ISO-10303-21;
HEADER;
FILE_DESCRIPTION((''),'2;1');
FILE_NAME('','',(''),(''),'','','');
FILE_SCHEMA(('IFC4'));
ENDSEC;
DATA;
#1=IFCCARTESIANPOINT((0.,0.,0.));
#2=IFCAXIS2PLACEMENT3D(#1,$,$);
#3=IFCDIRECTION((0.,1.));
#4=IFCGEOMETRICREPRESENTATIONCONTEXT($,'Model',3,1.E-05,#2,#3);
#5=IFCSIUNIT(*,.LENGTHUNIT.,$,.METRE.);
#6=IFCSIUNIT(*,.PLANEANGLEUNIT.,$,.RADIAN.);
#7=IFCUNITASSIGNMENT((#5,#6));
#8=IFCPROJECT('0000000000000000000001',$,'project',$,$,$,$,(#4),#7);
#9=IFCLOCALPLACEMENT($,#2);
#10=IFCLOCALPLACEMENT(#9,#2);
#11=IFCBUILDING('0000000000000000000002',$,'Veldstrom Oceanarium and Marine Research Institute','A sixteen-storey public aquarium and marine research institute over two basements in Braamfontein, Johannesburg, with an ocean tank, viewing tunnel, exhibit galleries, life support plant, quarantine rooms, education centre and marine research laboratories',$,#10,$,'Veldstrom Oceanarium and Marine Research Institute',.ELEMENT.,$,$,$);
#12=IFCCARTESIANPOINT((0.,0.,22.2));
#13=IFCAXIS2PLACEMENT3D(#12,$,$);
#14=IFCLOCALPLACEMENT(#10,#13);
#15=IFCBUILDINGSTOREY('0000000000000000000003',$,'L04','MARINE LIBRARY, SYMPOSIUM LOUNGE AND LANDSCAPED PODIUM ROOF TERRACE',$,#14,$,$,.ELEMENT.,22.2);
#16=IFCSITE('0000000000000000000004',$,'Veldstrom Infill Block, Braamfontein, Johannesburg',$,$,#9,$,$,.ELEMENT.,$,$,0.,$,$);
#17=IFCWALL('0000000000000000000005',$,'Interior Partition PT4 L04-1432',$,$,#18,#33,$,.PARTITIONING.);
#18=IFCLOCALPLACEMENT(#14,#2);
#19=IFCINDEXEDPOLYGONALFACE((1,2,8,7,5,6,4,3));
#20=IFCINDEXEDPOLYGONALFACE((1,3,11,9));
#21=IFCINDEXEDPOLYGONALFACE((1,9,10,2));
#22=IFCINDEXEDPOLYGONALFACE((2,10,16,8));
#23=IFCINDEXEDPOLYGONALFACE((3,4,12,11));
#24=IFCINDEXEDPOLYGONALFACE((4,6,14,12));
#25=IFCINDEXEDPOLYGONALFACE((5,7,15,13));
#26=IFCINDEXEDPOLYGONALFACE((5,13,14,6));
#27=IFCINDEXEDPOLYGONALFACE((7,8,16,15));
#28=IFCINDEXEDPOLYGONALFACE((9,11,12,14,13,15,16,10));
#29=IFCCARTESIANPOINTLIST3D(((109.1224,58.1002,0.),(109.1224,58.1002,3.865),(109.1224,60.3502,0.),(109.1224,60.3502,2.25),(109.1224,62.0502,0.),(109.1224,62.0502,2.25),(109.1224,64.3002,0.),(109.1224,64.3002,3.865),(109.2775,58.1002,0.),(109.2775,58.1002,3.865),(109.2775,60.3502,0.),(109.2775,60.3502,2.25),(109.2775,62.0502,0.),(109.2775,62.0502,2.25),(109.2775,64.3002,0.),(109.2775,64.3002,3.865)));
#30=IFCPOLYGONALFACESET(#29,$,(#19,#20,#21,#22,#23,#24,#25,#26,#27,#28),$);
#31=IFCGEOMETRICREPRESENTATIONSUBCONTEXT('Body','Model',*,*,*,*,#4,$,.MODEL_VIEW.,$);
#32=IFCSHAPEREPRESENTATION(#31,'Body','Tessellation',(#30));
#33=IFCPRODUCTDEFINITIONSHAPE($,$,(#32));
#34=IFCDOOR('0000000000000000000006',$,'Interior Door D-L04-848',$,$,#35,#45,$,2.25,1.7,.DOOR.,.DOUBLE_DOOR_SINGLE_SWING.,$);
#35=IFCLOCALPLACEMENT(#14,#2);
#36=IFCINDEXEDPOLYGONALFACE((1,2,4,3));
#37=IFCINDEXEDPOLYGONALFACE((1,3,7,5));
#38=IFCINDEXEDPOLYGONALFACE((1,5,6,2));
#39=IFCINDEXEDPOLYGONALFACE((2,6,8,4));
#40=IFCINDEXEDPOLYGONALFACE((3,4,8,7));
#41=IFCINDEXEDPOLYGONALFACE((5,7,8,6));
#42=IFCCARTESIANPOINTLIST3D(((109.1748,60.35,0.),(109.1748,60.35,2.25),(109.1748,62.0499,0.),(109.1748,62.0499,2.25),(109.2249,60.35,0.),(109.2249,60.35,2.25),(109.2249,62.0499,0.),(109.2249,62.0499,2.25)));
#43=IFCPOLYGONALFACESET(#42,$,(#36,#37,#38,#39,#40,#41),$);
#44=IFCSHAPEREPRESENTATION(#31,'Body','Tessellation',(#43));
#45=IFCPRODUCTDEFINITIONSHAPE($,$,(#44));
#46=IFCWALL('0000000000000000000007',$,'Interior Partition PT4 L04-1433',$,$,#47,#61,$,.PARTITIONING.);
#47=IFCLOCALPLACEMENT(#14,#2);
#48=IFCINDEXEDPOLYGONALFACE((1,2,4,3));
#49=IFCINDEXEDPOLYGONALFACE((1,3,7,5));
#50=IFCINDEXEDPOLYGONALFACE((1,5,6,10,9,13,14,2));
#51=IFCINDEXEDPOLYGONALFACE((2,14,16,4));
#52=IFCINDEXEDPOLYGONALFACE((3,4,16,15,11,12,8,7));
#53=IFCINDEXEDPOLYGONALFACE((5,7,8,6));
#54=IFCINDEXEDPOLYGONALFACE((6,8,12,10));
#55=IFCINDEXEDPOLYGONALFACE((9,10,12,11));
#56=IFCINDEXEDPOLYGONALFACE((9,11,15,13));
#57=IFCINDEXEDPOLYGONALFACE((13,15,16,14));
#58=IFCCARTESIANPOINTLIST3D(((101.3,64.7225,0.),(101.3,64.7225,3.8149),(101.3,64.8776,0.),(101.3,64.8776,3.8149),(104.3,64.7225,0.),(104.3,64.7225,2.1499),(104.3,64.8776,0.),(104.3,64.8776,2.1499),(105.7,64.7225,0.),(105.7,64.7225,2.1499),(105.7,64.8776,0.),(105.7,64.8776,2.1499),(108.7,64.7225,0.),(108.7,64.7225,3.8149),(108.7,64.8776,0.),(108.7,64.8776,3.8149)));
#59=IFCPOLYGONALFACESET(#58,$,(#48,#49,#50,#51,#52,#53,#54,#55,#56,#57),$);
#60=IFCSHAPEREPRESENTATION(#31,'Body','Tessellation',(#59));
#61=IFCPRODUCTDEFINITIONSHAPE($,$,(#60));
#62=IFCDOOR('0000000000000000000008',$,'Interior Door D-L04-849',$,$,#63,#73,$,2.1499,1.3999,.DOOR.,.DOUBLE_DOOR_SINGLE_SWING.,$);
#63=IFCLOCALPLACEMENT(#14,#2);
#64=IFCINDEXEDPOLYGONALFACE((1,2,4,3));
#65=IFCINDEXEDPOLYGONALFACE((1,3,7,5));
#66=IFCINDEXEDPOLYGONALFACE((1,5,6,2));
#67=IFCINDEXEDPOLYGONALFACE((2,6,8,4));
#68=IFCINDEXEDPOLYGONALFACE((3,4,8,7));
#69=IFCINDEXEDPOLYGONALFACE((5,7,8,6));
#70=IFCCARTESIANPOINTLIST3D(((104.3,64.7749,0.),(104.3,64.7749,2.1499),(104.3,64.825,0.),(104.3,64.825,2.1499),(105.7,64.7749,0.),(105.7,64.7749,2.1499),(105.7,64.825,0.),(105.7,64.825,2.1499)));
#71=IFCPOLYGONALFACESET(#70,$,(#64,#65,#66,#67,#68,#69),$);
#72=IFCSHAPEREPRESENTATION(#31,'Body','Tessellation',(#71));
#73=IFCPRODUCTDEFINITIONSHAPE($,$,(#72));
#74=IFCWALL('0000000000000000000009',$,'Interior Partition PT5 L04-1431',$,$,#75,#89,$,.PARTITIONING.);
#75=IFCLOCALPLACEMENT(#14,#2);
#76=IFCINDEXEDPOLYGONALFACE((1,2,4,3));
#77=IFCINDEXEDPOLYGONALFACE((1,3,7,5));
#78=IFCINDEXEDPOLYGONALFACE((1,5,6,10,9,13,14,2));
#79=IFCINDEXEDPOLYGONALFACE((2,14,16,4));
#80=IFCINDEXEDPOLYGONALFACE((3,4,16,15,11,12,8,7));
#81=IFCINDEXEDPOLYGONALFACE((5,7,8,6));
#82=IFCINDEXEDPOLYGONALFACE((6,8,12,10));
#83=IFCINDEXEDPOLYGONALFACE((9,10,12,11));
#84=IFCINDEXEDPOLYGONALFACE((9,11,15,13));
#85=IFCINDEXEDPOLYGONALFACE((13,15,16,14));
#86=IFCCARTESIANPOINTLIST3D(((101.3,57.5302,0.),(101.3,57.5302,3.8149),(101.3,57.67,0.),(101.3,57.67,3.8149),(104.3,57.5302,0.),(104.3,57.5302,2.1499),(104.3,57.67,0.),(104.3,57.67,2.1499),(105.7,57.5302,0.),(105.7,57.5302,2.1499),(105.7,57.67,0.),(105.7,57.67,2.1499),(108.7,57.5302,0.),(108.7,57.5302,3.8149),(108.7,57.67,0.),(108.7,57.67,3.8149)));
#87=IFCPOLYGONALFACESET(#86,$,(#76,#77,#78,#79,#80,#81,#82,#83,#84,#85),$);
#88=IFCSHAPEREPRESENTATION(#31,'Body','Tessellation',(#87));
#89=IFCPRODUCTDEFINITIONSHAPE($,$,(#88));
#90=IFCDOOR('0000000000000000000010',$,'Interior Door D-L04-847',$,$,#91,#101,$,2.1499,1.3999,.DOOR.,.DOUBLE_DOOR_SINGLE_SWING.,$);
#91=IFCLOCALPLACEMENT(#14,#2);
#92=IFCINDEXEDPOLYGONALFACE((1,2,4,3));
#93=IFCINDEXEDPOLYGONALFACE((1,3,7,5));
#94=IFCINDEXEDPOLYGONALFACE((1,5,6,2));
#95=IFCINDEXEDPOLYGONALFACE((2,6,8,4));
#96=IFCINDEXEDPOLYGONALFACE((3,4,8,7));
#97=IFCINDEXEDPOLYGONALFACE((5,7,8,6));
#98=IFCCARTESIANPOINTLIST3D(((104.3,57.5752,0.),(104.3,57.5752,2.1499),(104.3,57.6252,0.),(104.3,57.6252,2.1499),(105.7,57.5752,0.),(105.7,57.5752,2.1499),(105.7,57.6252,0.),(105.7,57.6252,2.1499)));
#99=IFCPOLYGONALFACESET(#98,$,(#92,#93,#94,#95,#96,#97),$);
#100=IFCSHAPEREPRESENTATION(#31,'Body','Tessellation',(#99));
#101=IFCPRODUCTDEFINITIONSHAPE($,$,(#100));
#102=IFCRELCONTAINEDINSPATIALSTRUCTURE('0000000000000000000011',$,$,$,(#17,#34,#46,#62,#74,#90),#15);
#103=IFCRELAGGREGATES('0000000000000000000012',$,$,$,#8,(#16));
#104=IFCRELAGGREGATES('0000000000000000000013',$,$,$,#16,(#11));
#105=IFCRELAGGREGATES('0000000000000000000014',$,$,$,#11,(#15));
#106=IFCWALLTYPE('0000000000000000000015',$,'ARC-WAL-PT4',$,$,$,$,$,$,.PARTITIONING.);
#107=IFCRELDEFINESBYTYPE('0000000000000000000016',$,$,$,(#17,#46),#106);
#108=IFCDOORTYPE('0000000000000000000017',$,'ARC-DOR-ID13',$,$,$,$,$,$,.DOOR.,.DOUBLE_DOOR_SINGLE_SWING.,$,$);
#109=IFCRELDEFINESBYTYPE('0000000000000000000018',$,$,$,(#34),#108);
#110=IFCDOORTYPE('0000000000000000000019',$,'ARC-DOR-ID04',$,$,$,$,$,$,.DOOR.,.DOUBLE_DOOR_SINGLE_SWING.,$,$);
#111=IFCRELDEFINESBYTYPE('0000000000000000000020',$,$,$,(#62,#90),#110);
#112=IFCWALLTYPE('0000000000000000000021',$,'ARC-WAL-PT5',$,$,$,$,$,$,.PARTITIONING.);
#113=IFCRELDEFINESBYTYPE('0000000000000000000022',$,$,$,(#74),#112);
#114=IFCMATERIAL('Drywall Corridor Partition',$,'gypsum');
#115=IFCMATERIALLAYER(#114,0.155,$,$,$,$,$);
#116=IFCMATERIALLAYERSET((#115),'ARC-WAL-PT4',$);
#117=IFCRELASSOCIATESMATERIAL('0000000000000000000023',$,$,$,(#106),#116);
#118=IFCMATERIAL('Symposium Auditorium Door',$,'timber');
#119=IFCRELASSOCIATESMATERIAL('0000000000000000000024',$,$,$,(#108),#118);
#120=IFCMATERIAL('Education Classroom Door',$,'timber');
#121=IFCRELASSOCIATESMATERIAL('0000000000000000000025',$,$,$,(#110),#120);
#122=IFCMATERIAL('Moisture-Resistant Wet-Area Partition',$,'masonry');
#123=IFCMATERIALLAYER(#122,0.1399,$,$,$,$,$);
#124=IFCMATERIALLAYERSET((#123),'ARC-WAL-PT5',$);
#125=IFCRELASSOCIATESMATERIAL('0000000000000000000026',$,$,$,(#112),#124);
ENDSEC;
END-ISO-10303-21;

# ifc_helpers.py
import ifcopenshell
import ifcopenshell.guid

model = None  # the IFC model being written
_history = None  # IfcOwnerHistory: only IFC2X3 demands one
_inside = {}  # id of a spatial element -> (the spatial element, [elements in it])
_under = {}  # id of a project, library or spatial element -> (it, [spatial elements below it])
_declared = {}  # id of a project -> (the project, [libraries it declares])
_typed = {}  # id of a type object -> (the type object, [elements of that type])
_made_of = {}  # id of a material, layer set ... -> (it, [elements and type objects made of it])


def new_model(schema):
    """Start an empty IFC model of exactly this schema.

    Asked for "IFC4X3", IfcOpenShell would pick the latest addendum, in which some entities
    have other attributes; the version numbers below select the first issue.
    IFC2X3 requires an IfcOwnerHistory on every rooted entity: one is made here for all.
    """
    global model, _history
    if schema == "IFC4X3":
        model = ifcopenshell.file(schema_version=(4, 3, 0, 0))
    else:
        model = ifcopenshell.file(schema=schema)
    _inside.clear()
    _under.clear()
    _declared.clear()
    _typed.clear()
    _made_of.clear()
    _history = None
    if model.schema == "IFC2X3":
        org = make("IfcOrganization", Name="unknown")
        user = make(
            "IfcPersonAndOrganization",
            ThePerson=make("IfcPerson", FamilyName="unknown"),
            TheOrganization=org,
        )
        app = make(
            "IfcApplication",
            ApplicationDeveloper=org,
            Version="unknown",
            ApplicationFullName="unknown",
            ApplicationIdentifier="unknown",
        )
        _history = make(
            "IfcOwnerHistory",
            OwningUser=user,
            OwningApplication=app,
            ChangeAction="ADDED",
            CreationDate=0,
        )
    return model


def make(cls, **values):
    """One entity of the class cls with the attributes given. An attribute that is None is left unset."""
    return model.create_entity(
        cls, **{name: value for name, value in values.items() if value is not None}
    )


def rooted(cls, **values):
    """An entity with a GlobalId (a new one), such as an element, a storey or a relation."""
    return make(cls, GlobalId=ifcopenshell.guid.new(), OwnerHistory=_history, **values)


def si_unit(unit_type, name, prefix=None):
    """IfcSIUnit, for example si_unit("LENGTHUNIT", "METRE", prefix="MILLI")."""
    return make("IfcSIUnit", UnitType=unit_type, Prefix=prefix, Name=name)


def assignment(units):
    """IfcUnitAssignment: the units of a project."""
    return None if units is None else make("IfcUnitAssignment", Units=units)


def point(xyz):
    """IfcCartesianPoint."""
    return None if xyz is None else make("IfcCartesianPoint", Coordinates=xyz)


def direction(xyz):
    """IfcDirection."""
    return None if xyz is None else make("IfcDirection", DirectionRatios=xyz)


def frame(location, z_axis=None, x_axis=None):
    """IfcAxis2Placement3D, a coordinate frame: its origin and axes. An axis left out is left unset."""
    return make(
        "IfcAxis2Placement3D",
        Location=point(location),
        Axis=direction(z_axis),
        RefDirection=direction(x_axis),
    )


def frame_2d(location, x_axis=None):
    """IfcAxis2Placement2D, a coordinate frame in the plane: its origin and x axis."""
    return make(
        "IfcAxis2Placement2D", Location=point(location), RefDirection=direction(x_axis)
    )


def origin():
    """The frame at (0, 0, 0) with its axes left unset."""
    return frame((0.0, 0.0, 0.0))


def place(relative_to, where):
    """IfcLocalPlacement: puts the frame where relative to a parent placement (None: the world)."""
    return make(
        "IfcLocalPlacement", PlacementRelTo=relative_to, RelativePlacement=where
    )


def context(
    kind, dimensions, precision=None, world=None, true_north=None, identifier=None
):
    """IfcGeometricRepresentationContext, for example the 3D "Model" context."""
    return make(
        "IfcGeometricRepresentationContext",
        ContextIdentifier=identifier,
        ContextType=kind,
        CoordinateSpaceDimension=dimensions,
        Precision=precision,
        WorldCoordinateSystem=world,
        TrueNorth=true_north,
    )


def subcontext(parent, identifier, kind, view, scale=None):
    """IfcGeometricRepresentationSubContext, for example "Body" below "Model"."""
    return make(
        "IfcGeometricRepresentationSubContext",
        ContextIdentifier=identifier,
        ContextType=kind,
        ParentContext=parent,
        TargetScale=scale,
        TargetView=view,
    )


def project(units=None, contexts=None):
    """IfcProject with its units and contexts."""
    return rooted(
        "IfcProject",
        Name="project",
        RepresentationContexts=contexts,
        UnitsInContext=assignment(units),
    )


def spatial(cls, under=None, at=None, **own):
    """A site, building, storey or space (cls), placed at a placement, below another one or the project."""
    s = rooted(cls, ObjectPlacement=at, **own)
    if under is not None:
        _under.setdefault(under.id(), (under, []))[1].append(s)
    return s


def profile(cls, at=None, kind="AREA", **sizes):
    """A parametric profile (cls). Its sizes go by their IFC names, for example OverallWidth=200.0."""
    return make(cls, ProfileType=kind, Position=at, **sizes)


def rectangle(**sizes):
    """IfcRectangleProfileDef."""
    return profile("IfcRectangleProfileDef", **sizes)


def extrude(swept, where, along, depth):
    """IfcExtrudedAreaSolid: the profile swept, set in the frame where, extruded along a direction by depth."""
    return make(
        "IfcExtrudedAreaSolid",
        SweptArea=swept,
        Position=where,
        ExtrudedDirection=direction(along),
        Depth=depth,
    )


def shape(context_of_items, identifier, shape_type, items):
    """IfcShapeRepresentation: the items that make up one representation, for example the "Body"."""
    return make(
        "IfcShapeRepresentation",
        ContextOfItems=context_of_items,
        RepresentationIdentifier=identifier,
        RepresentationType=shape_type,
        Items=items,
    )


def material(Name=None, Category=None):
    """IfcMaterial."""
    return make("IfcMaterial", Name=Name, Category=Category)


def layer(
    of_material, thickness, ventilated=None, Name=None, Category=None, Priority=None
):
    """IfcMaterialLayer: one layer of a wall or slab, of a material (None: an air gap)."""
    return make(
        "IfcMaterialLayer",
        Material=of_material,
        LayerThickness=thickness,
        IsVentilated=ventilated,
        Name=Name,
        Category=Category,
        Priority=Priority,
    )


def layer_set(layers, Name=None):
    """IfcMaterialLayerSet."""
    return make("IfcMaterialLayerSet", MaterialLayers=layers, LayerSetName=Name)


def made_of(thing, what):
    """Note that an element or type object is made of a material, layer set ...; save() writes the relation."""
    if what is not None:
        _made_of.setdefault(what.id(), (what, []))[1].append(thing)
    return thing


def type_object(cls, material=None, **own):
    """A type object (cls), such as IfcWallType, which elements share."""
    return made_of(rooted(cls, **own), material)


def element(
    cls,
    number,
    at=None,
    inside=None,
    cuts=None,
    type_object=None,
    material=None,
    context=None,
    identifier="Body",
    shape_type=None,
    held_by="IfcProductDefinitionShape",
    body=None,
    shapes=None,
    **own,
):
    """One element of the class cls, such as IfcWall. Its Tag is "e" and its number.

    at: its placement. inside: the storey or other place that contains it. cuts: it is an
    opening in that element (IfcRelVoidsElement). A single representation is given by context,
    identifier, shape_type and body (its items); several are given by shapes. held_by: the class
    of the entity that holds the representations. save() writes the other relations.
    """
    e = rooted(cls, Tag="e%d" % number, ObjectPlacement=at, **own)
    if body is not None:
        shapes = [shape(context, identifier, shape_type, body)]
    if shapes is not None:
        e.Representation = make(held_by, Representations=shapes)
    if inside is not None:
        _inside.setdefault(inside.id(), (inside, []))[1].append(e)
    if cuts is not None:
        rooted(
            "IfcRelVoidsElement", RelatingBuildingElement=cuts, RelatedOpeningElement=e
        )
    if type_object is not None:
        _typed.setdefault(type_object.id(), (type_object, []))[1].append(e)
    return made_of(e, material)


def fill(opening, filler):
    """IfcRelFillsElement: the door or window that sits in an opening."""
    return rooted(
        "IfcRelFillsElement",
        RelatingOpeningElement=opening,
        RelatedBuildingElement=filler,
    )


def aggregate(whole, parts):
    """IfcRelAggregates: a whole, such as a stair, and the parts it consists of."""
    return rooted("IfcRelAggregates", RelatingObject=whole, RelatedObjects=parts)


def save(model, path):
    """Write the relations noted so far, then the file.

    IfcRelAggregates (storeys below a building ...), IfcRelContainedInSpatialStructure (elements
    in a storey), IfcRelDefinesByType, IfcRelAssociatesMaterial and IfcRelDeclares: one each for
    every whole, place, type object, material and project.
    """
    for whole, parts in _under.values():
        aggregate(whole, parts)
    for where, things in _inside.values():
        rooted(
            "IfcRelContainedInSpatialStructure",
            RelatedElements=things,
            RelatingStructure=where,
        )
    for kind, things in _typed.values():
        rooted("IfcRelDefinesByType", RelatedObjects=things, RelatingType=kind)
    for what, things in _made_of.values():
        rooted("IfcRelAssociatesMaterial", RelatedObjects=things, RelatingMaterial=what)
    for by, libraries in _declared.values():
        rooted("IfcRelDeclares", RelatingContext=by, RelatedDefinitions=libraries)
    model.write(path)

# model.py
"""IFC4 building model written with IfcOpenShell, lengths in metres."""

from ifc_helpers import new_model, si_unit, direction, frame, frame_2d, origin, place, context, subcontext, project, spatial, rectangle, extrude, material, layer, layer_set, type_object, element, fill, save


model = new_model("IFC4")

# Units and contexts
model_context = context("Model", 3, precision=1e-05, world=origin(), true_north=direction((0.0, 1.0)))
body_context = subcontext(model_context, "Body", "Model", "MODEL_VIEW")
ifc_project = project(units=[si_unit("LENGTHUNIT", "METRE"), si_unit("PLANEANGLEUNIT", "RADIAN")], contexts=[model_context])

# Site, building, storey
site_placement = place(None, origin())
site = spatial("IfcSite", under=ifc_project, at=site_placement, Name="Veldstrom Infill Block, Braamfontein, Johannesburg", CompositionType="ELEMENT", RefElevation=0.0)
building_placement = place(site_placement, origin())
building = spatial("IfcBuilding", under=site, at=building_placement, Name="Veldstrom Oceanarium and Marine Research Institute", Description="A sixteen-storey public aquarium and marine research institute over two basements in Braamfontein, Johannesburg, with an ocean tank, viewing tunnel, exhibit galleries, life support plant, quarantine rooms, education centre and marine research laboratories", LongName="Veldstrom Oceanarium and Marine Research Institute", CompositionType="ELEMENT")
storey_placement = place(building_placement, frame((0.0, 0.0, 22.2)))
storey = spatial("IfcBuildingStorey", under=building, at=storey_placement, Name="L04", Description="MARINE LIBRARY, SYMPOSIUM LOUNGE AND LANDSCAPED PODIUM ROOF TERRACE", CompositionType="ELEMENT", Elevation=22.2)

# Walls, openings, doors
ifc_material_1 = material(Name="Drywall Corridor Partition", Category="gypsum")
ifc_layer_1 = layer(ifc_material_1, 0.155)
ifc_layer_set_1 = layer_set([ifc_layer_1], Name="ARC-WAL-PT4")
wall_type_1 = type_object("IfcWallType", Name="ARC-WAL-PT4", PredefinedType="PARTITIONING", material=ifc_layer_set_1)
wall_1_placement = place(storey_placement, frame((109.2, 58.1001, 0.0), z_axis=(0.0, 0.0, 1.0), x_axis=(0.0, 1.0, 0.0)))
wall_1 = element("IfcWall", 1, at=wall_1_placement, inside=storey, type_object=wall_type_1, Name="Interior Partition PT4 L04-1432", PredefinedType="PARTITIONING", context=body_context, shape_type="SweptSolid", body=[
    extrude(rectangle(XDim=6.2, YDim=0.155, at=frame_2d((3.1001, 0.0))), origin(), (0.0, 0.0, 1.0), 3.865),
])
opening_1_placement = place(wall_1_placement, frame((2.25, 0.0, 0.0)))
opening_1 = element("IfcOpeningElement", 2, at=opening_1_placement, cuts=wall_1, PredefinedType="OPENING", context=body_context, shape_type="SweptSolid", body=[
    extrude(rectangle(XDim=1.7, YDim=2.25, at=frame_2d((0.8501, 1.125))), frame((0.0, 0.0874, 0.0), z_axis=(0.0, -1.0, 0.0), x_axis=(1.0, 0.0, 0.0)), (0.0, 0.0, 1.0), 0.175),
])
ifc_material_2 = material(Name="Symposium Auditorium Door", Category="timber")
door_type_1 = type_object("IfcDoorType", Name="ARC-DOR-ID13", OperationType="DOUBLE_DOOR_SINGLE_SWING", PredefinedType="DOOR", material=ifc_material_2)
door_1_placement = place(opening_1_placement, frame((1.7, 0.0, 0.0), z_axis=(0.0, 0.0, 1.0), x_axis=(-1.0, 0.0, 0.0)))
door_1 = element("IfcDoor", 3, at=door_1_placement, inside=storey, type_object=door_type_1, Name="Interior Door D-L04-848", OperationType="DOUBLE_DOOR_SINGLE_SWING", OverallHeight=2.25, OverallWidth=1.7, PredefinedType="DOOR", context=body_context, shape_type="SweptSolid", body=[
    extrude(rectangle(XDim=1.7, YDim=2.25, at=frame_2d((0.8501, 1.125))), frame((0.0, 0.0249, 0.0), z_axis=(0.0, -1.0, 0.0), x_axis=(1.0, 0.0, 0.0)), (0.0, 0.0, 1.0), 0.05),
])
fill(opening_1, door_1)
wall_2_placement = place(storey_placement, frame((101.3, 64.8, 0.0), z_axis=(0.0, 0.0, 1.0), x_axis=(1.0, 0.0, 0.0)))
wall_2 = element("IfcWall", 4, at=wall_2_placement, inside=storey, type_object=wall_type_1, Name="Interior Partition PT4 L04-1433", PredefinedType="PARTITIONING", context=body_context, shape_type="SweptSolid", body=[
    extrude(rectangle(XDim=7.3999, YDim=0.155, at=frame_2d((3.7, 0.0))), origin(), (0.0, 0.0, 1.0), 3.8149),
])
opening_2_placement = place(wall_2_placement, frame((3.0, 0.0, 0.0)))
opening_2 = element("IfcOpeningElement", 5, at=opening_2_placement, cuts=wall_2, PredefinedType="OPENING", context=body_context, shape_type="SweptSolid", body=[
    extrude(rectangle(XDim=1.3999, YDim=2.1499, at=frame_2d((0.7, 1.075))), frame((0.0, 0.0874, 0.0), z_axis=(0.0, -1.0, 0.0), x_axis=(1.0, 0.0, 0.0)), (0.0, 0.0, 1.0), 0.175),
])
ifc_material_3 = material(Name="Education Classroom Door", Category="timber")
door_type_2 = type_object("IfcDoorType", Name="ARC-DOR-ID04", OperationType="DOUBLE_DOOR_SINGLE_SWING", PredefinedType="DOOR", material=ifc_material_3)
door_2_placement = place(opening_2_placement, origin())
door_2 = element("IfcDoor", 6, at=door_2_placement, inside=storey, type_object=door_type_2, Name="Interior Door D-L04-849", OperationType="DOUBLE_DOOR_SINGLE_SWING", OverallHeight=2.1499, OverallWidth=1.3999, PredefinedType="DOOR", context=body_context, shape_type="SweptSolid", body=[
    extrude(rectangle(XDim=1.3999, YDim=2.1499, at=frame_2d((0.7, 1.075))), frame((0.0, 0.0249, 0.0), z_axis=(0.0, -1.0, 0.0), x_axis=(1.0, 0.0, 0.0)), (0.0, 0.0, 1.0), 0.05),
])
fill(opening_2, door_2)
ifc_material_4 = material(Name="Moisture-Resistant Wet-Area Partition", Category="masonry")
ifc_layer_2 = layer(ifc_material_4, 0.1399)
ifc_layer_set_2 = layer_set([ifc_layer_2], Name="ARC-WAL-PT5")
wall_type_2 = type_object("IfcWallType", Name="ARC-WAL-PT5", PredefinedType="PARTITIONING", material=ifc_layer_set_2)
wall_3_placement = place(storey_placement, frame((101.3, 57.6001, 0.0), z_axis=(0.0, 0.0, 1.0), x_axis=(1.0, 0.0, 0.0)))
wall_3 = element("IfcWall", 7, at=wall_3_placement, inside=storey, type_object=wall_type_2, Name="Interior Partition PT5 L04-1431", PredefinedType="PARTITIONING", context=body_context, shape_type="SweptSolid", body=[
    extrude(rectangle(XDim=7.3999, YDim=0.1399, at=frame_2d((3.7, 0.0))), origin(), (0.0, 0.0, 1.0), 3.8149),
])
opening_3_placement = place(wall_3_placement, frame((3.0, 0.0, 0.0)))
opening_3 = element("IfcOpeningElement", 8, at=opening_3_placement, cuts=wall_3, PredefinedType="OPENING", context=body_context, shape_type="SweptSolid", body=[
    extrude(rectangle(XDim=1.3999, YDim=2.1499, at=frame_2d((0.7, 1.075))), frame((0.0, 0.0798, 0.0), z_axis=(0.0, -1.0, 0.0), x_axis=(1.0, 0.0, 0.0)), (0.0, 0.0, 1.0), 0.1599),
])
door_3_placement = place(opening_3_placement, frame((1.3999, 0.0, 0.0), z_axis=(0.0, 0.0, 1.0), x_axis=(-1.0, 0.0, 0.0)))
door_3 = element("IfcDoor", 9, at=door_3_placement, inside=storey, type_object=door_type_2, Name="Interior Door D-L04-847", OperationType="DOUBLE_DOOR_SINGLE_SWING", OverallHeight=2.1499, OverallWidth=1.3999, PredefinedType="DOOR", context=body_context, shape_type="SweptSolid", body=[
    extrude(rectangle(XDim=1.3999, YDim=2.1499, at=frame_2d((0.7, 1.075))), frame((0.0, 0.0249, 0.0), z_axis=(0.0, -1.0, 0.0), x_axis=(1.0, 0.0, 0.0)), (0.0, 0.0, 1.0), 0.05),
])
fill(opening_3, door_3)

save(model, "model.ifc")
